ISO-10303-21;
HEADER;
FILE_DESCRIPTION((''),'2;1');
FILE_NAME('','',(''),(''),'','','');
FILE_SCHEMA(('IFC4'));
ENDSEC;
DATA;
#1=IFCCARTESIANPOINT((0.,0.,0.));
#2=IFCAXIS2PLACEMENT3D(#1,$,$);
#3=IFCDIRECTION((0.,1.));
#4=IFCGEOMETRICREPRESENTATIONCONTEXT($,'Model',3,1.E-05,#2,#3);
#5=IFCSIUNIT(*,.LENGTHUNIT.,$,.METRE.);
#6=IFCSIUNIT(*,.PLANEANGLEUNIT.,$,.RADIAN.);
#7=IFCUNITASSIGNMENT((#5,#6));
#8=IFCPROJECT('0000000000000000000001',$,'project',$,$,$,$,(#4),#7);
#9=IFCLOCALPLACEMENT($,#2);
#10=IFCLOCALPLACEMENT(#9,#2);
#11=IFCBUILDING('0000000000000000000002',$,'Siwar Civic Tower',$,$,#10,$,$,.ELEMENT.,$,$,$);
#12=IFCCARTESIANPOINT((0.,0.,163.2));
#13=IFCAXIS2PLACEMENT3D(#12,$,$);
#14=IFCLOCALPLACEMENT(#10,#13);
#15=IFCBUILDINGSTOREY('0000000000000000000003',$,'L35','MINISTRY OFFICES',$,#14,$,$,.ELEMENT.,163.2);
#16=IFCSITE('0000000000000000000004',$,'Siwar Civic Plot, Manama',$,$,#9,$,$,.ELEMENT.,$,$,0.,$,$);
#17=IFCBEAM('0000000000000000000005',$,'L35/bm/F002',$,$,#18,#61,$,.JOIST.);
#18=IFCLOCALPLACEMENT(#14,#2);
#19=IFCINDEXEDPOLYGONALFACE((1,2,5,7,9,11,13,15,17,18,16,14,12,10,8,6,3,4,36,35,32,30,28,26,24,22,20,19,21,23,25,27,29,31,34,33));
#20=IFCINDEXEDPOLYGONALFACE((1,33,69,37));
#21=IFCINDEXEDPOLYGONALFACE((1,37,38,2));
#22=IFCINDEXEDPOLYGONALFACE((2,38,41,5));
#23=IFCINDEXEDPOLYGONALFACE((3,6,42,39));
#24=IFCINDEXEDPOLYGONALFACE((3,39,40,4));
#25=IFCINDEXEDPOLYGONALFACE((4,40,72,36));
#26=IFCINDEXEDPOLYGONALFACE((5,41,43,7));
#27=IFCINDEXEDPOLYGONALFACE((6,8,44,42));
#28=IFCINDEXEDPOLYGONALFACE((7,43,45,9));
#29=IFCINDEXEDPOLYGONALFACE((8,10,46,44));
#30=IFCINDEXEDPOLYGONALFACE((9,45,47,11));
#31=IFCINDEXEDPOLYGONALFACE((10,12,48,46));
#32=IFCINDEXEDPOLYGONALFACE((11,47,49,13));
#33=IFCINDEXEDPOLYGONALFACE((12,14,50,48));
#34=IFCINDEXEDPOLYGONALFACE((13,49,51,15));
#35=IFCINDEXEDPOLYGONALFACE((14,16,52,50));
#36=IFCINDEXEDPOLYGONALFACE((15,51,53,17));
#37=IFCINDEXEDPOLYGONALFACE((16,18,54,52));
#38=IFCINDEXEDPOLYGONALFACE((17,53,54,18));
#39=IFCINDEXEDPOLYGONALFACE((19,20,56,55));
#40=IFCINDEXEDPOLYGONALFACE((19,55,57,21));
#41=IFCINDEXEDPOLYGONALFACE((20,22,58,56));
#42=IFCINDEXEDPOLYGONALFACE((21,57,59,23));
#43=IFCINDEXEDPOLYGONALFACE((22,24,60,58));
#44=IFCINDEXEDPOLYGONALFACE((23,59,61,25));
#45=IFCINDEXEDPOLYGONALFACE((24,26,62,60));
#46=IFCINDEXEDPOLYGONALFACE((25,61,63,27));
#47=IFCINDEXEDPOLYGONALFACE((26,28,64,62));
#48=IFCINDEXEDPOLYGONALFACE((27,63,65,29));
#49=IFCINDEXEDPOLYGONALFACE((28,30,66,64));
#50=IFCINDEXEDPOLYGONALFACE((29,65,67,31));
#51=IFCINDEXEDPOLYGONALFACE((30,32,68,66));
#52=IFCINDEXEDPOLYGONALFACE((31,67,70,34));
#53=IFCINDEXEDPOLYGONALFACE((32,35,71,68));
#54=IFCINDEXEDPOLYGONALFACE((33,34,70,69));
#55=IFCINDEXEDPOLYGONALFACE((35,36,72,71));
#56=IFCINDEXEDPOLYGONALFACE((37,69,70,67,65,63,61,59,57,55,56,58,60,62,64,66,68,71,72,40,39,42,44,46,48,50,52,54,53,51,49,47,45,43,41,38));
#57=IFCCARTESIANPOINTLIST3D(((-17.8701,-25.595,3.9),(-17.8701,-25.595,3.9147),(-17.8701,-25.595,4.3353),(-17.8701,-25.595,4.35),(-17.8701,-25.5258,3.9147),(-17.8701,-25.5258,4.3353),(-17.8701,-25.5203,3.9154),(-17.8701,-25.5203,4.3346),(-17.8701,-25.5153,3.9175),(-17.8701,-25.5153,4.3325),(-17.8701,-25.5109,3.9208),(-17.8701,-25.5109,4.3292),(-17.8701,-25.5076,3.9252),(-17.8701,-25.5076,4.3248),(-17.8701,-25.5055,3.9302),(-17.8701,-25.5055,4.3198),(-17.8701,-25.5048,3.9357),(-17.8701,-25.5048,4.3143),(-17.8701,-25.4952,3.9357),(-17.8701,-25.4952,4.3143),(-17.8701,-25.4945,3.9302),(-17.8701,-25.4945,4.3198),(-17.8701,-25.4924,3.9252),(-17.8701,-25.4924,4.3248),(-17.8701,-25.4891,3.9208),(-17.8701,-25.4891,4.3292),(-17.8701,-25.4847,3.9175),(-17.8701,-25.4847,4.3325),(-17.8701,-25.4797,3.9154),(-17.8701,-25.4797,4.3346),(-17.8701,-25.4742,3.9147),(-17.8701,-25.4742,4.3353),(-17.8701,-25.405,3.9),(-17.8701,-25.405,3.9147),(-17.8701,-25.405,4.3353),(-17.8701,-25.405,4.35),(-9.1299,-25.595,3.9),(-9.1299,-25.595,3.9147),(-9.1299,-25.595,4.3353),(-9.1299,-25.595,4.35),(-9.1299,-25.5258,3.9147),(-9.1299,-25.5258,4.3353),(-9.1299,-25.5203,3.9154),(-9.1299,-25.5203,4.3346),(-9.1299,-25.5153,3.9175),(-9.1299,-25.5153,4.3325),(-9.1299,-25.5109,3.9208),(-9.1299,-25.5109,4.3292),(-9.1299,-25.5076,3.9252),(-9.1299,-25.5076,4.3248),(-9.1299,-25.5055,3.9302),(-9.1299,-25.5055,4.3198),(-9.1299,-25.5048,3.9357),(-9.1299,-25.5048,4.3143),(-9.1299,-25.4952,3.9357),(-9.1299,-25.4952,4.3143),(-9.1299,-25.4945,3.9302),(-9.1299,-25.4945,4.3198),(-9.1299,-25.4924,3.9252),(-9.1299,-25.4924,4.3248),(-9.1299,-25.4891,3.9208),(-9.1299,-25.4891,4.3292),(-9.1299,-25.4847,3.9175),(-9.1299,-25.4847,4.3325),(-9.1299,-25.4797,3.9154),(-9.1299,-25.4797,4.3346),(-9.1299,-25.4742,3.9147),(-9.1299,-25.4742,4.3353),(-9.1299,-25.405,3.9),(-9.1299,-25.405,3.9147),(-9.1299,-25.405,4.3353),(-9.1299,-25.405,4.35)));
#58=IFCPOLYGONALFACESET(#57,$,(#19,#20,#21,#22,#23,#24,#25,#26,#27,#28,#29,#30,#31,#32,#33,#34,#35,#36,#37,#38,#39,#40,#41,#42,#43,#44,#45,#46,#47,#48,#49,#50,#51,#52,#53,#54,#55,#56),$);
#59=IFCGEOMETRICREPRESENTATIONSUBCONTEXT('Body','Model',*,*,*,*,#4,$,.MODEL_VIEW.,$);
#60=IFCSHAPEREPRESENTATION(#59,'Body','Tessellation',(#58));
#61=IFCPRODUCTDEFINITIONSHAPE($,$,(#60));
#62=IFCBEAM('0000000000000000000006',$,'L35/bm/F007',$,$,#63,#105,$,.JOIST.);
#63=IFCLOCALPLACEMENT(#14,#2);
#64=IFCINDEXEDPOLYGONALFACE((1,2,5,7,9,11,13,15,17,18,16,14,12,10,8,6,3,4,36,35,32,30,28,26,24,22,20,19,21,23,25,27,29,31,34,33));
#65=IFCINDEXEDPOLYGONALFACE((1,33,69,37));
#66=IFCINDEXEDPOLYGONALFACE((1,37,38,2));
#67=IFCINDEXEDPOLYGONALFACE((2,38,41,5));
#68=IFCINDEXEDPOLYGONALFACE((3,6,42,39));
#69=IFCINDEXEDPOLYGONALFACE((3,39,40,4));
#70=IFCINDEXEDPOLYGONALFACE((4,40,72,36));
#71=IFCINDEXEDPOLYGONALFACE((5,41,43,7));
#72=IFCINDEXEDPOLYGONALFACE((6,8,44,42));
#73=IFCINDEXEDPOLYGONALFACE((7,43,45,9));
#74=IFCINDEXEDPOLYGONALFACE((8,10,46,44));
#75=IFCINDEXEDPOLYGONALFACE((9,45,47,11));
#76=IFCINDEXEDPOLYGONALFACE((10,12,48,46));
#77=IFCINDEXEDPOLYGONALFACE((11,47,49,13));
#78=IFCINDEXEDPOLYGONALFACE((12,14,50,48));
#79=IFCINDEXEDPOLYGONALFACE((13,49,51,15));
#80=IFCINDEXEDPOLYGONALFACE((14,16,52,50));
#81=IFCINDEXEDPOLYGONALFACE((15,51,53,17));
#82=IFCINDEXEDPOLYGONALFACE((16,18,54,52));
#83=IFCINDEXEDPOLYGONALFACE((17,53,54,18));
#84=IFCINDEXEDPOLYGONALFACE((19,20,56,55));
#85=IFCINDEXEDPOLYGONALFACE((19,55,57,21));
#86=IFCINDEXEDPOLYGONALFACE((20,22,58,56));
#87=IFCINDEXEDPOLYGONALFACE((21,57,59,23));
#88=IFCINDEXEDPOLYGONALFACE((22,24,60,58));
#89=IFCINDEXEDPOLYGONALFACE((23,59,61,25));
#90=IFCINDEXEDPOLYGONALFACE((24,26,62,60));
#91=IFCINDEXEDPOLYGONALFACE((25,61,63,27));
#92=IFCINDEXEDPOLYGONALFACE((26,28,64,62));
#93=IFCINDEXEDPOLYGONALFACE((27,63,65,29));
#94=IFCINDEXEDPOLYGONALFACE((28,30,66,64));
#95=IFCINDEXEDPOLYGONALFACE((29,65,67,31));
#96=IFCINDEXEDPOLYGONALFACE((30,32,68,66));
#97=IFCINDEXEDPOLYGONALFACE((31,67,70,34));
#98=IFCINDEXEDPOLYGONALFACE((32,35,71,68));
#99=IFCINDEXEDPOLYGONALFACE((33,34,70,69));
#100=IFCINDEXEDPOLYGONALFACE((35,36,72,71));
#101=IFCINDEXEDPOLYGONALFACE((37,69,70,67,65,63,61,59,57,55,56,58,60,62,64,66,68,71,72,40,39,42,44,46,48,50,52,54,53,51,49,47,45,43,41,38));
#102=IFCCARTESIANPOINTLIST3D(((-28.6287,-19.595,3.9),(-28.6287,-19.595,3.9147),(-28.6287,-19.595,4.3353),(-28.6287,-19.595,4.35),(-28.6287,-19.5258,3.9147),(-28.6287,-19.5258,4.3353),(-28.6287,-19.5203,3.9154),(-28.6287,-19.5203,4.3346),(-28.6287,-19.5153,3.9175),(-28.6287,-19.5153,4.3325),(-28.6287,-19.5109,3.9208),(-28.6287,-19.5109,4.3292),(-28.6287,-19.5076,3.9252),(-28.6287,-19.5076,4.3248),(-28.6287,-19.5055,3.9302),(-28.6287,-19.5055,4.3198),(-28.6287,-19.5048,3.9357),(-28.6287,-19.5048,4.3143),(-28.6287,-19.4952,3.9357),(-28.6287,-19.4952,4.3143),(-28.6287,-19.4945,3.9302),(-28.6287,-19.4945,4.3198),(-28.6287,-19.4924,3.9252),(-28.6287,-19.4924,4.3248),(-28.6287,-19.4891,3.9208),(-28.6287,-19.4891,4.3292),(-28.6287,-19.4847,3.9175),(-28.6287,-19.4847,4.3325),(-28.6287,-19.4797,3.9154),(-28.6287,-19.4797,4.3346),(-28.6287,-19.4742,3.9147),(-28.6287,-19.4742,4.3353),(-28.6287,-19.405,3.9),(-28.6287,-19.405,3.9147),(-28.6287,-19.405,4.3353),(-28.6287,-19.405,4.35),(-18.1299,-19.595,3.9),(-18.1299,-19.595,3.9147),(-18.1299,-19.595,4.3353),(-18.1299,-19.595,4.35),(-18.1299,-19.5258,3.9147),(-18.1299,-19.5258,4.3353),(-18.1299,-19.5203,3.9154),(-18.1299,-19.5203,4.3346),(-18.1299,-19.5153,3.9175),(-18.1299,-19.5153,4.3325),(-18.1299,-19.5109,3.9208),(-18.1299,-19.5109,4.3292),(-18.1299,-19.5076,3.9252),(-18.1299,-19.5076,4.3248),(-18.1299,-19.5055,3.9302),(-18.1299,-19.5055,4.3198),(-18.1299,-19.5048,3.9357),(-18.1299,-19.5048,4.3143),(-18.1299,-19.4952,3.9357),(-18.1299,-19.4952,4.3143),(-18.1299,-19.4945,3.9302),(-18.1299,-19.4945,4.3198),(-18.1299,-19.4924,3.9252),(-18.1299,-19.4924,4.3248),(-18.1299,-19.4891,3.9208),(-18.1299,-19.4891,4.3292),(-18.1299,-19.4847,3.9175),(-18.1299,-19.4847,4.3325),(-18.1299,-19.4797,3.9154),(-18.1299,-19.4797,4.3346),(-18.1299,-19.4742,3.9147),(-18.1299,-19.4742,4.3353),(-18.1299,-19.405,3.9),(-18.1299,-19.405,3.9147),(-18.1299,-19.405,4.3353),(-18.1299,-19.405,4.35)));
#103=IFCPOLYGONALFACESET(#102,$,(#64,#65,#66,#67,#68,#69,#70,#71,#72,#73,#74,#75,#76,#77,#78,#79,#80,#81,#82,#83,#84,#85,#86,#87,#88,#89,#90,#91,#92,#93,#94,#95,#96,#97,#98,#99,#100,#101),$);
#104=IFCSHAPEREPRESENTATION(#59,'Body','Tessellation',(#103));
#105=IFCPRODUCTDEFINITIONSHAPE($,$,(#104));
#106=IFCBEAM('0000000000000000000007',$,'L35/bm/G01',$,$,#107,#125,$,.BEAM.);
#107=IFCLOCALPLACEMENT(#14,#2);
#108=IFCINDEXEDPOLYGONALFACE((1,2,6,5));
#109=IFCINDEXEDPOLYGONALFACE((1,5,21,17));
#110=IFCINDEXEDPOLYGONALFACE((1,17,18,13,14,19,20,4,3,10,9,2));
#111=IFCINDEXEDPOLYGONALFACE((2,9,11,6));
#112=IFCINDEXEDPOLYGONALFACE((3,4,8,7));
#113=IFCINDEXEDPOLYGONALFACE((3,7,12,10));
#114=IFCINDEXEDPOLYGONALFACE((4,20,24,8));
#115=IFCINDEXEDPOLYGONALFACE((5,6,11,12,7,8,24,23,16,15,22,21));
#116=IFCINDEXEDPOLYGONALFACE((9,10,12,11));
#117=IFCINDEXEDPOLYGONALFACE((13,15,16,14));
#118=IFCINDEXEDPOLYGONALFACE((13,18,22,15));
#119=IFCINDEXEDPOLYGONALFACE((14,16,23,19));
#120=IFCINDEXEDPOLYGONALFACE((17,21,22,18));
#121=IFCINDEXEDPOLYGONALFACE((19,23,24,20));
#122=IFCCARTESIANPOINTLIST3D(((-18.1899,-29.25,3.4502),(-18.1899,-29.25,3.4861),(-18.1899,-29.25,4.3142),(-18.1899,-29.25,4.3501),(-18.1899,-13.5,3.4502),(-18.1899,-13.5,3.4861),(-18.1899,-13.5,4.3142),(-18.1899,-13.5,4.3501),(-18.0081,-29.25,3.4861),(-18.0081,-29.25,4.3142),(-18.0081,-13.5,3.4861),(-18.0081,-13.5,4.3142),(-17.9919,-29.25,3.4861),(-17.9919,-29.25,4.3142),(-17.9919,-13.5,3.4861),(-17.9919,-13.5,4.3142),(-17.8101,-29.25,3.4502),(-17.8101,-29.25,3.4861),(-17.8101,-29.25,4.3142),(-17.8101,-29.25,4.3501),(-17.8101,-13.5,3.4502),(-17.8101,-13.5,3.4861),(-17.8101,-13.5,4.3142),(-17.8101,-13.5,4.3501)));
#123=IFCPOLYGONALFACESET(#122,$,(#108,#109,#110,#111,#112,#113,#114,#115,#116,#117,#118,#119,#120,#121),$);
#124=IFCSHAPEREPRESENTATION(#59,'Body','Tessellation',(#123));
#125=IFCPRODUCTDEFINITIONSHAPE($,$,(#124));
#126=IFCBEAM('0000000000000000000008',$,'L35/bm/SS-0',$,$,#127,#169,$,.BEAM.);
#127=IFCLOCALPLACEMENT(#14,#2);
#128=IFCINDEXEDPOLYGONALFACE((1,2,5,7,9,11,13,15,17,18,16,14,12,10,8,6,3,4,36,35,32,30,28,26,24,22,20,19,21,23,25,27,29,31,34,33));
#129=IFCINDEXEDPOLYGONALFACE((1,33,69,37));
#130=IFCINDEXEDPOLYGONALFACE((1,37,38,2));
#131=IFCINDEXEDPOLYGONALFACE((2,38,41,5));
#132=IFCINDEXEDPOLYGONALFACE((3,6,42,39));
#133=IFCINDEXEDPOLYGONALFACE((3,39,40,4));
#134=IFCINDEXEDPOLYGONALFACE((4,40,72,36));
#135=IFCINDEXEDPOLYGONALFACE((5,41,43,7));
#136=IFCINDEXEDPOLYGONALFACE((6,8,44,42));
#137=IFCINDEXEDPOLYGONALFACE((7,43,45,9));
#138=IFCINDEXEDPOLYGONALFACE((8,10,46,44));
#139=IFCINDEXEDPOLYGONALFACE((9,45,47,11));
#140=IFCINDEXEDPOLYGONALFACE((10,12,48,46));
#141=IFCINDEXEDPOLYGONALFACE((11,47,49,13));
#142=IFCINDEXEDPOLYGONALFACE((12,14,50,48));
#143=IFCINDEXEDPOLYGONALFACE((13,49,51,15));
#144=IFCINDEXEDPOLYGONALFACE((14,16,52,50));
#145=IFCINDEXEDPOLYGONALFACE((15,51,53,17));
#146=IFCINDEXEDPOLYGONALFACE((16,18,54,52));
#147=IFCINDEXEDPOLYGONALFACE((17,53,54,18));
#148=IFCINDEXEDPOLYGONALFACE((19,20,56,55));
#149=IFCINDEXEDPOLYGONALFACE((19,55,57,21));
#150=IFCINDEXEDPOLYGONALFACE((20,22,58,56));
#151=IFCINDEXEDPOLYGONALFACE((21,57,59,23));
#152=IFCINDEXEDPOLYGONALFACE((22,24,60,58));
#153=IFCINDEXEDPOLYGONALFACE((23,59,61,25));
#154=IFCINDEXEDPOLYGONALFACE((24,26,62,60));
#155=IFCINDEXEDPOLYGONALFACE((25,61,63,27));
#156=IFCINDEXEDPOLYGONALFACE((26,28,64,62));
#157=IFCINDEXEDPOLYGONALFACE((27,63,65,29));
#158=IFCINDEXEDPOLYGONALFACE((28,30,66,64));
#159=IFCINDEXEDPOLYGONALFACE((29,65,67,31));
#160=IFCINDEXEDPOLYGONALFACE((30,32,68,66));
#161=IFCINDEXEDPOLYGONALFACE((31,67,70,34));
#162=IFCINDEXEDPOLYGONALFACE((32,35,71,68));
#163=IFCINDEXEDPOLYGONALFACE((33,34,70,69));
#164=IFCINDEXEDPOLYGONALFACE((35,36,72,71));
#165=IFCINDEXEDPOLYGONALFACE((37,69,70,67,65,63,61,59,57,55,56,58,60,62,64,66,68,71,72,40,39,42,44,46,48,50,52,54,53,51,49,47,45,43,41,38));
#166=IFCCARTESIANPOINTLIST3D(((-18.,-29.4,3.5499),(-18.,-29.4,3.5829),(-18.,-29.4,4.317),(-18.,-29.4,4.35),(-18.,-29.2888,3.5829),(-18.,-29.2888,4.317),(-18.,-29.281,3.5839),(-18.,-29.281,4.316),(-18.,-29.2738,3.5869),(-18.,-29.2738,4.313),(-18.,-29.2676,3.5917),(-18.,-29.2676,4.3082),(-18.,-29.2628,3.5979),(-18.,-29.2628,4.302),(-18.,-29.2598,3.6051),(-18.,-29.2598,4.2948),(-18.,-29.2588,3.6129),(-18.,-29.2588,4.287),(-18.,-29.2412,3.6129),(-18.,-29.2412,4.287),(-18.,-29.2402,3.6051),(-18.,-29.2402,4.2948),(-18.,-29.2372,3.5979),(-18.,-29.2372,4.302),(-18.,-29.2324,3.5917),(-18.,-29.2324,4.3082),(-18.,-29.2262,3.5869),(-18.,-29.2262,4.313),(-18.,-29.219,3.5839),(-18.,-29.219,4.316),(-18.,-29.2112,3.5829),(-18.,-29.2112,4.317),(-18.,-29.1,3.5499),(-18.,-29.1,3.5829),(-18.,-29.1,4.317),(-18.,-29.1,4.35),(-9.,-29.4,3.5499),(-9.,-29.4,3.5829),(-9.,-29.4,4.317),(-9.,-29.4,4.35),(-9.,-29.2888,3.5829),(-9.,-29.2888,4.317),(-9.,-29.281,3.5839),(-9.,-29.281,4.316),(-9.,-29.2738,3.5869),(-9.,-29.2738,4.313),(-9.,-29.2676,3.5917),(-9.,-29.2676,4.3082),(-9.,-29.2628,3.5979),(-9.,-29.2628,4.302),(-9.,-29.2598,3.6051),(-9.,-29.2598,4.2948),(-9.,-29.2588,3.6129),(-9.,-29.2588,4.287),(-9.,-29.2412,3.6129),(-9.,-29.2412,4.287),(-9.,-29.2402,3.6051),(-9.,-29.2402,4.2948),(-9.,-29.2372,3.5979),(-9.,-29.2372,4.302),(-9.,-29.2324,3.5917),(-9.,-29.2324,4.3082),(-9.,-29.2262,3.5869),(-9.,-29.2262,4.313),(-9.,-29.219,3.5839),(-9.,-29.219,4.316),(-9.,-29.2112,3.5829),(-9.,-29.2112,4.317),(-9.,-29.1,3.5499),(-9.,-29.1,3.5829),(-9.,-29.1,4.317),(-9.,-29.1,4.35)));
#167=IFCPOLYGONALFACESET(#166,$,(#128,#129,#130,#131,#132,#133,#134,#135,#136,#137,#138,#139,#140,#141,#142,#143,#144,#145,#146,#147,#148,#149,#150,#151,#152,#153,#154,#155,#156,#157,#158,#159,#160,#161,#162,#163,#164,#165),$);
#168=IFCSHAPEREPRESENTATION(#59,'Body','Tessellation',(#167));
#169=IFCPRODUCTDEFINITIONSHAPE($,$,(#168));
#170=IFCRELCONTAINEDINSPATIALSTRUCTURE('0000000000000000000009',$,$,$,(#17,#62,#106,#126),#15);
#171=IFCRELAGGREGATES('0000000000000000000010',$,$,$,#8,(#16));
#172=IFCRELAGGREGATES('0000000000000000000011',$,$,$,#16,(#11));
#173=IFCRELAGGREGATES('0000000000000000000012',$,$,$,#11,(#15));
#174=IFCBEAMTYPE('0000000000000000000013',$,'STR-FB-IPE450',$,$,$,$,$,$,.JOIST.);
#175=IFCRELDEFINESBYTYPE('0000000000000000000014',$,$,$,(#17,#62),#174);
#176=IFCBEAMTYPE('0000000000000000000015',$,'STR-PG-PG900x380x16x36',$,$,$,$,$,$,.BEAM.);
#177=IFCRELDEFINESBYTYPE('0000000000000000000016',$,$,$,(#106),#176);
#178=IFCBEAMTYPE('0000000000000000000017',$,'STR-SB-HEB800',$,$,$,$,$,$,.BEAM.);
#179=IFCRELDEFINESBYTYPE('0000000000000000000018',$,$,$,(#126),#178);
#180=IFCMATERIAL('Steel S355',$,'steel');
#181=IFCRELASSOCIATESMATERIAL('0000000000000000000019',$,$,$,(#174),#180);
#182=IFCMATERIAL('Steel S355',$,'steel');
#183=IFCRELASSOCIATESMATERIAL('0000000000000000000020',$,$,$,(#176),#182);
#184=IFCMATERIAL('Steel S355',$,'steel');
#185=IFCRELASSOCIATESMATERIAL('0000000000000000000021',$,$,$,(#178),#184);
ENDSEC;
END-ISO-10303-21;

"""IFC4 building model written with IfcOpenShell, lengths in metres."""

from ifc_helpers import new_model, si_unit, direction, frame, origin, origin_2d, place, context, subcontext, project, spatial, i_section, extrude, material, material_profile, profile_set, type_object, element, save


model = new_model("IFC4")

# Units and contexts
model_context = context("Model", 3, precision=1e-05, world=origin(), true_north=direction((0.0, 1.0)))
body_context = subcontext(model_context, "Body", "Model", "MODEL_VIEW")
ifc_project = project(units=[si_unit("LENGTHUNIT", "METRE"), si_unit("PLANEANGLEUNIT", "RADIAN")], contexts=[model_context])

# Site, building, storey
site_placement = place(None, origin())
site = spatial("IfcSite", under=ifc_project, at=site_placement, Name="Siwar Civic Plot, Manama", CompositionType="ELEMENT", RefElevation=0.0)
building_placement = place(site_placement, origin())
building = spatial("IfcBuilding", under=site, at=building_placement, Name="Siwar Civic Tower", CompositionType="ELEMENT")
storey_placement = place(building_placement, frame((0.0, 0.0, 163.2)))
storey = spatial("IfcBuildingStorey", under=building, at=storey_placement, Name="L35", Description="MINISTRY OFFICES", CompositionType="ELEMENT", Elevation=163.2)

# Beams
ifc_material_1 = material(Name="Steel S355", Category="steel")
ifc_material_profile_1 = material_profile(ifc_material_1, i_section(OverallWidth=0.1899, OverallDepth=0.45, WebThickness=0.0095, FlangeThickness=0.0146, FilletRadius=0.021, at=origin_2d()), Name="IPE450")
ifc_profile_set_1 = profile_set([ifc_material_profile_1], Name="Steel S355")
beam_type_1 = type_object("IfcBeamType", Name="STR-FB-IPE450", PredefinedType="JOIST", material=ifc_profile_set_1)
beam_1_placement = place(storey_placement, frame((-17.8701, -25.5, 4.125), z_axis=(1.0, 0.0, 0.0), x_axis=(0.0, 1.0, 0.0)))
element("IfcBeam", 1, at=beam_1_placement, inside=storey, type_object=beam_type_1, Name="L35/bm/F002", PredefinedType="JOIST", context=body_context, shape_type="SweptSolid", body=[
    extrude(i_section(OverallWidth=0.1899, OverallDepth=0.45, WebThickness=0.0095, FlangeThickness=0.0146, FilletRadius=0.021, at=origin_2d()), origin(), (0.0, 0.0, 1.0), 8.7402),
])
beam_2_placement = place(storey_placement, frame((-28.6287, -19.5, 4.125), z_axis=(1.0, 0.0, 0.0), x_axis=(0.0, 1.0, 0.0)))
element("IfcBeam", 2, at=beam_2_placement, inside=storey, type_object=beam_type_1, Name="L35/bm/F007", PredefinedType="JOIST", context=body_context, shape_type="SweptSolid", body=[
    extrude(i_section(OverallWidth=0.1899, OverallDepth=0.45, WebThickness=0.0095, FlangeThickness=0.0146, FilletRadius=0.021, at=origin_2d()), origin(), (0.0, 0.0, 1.0), 10.4988),
])
ifc_material_2 = material(Name="Steel S355", Category="steel")
ifc_material_profile_2 = material_profile(ifc_material_2, i_section(OverallWidth=0.3799, OverallDepth=0.8999, WebThickness=0.0161, FlangeThickness=0.0359, at=origin_2d()), Name="PG900x380x16x36")
ifc_profile_set_2 = profile_set([ifc_material_profile_2], Name="Steel S355")
beam_type_2 = type_object("IfcBeamType", Name="STR-PG-PG900x380x16x36", PredefinedType="BEAM", material=ifc_profile_set_2)
beam_3_placement = place(storey_placement, frame((-18.0, -29.25, 3.9001), z_axis=(0.0, 1.0, 0.0), x_axis=(-1.0, 0.0, 0.0)))
element("IfcBeam", 3, at=beam_3_placement, inside=storey, type_object=beam_type_2, Name="L35/bm/G01", PredefinedType="BEAM", context=body_context, shape_type="SweptSolid", body=[
    extrude(i_section(OverallWidth=0.3799, OverallDepth=0.8999, WebThickness=0.0161, FlangeThickness=0.0359, at=origin_2d()), origin(), (0.0, 0.0, 1.0), 15.75),
])
ifc_material_3 = material(Name="Steel S355", Category="steel")
ifc_material_profile_3 = material_profile(ifc_material_3, i_section(OverallWidth=0.3, OverallDepth=0.8, WebThickness=0.0176, FlangeThickness=0.033, FilletRadius=0.03, at=origin_2d()), Name="HEB800")
ifc_profile_set_3 = profile_set([ifc_material_profile_3], Name="Steel S355")
beam_type_3 = type_object("IfcBeamType", Name="STR-SB-HEB800", PredefinedType="BEAM", material=ifc_profile_set_3)
beam_4_placement = place(storey_placement, frame((-18.0, -29.25, 3.95), z_axis=(1.0, 0.0, 0.0), x_axis=(0.0, 1.0, 0.0)))
element("IfcBeam", 4, at=beam_4_placement, inside=storey, type_object=beam_type_3, Name="L35/bm/SS-0", PredefinedType="BEAM", context=body_context, shape_type="SweptSolid", body=[
    extrude(i_section(OverallWidth=0.3, OverallDepth=0.8, WebThickness=0.0176, FlangeThickness=0.033, FilletRadius=0.03, at=origin_2d()), origin(), (0.0, 0.0, 1.0), 9.0),
])

save(model, "model.ifc")
